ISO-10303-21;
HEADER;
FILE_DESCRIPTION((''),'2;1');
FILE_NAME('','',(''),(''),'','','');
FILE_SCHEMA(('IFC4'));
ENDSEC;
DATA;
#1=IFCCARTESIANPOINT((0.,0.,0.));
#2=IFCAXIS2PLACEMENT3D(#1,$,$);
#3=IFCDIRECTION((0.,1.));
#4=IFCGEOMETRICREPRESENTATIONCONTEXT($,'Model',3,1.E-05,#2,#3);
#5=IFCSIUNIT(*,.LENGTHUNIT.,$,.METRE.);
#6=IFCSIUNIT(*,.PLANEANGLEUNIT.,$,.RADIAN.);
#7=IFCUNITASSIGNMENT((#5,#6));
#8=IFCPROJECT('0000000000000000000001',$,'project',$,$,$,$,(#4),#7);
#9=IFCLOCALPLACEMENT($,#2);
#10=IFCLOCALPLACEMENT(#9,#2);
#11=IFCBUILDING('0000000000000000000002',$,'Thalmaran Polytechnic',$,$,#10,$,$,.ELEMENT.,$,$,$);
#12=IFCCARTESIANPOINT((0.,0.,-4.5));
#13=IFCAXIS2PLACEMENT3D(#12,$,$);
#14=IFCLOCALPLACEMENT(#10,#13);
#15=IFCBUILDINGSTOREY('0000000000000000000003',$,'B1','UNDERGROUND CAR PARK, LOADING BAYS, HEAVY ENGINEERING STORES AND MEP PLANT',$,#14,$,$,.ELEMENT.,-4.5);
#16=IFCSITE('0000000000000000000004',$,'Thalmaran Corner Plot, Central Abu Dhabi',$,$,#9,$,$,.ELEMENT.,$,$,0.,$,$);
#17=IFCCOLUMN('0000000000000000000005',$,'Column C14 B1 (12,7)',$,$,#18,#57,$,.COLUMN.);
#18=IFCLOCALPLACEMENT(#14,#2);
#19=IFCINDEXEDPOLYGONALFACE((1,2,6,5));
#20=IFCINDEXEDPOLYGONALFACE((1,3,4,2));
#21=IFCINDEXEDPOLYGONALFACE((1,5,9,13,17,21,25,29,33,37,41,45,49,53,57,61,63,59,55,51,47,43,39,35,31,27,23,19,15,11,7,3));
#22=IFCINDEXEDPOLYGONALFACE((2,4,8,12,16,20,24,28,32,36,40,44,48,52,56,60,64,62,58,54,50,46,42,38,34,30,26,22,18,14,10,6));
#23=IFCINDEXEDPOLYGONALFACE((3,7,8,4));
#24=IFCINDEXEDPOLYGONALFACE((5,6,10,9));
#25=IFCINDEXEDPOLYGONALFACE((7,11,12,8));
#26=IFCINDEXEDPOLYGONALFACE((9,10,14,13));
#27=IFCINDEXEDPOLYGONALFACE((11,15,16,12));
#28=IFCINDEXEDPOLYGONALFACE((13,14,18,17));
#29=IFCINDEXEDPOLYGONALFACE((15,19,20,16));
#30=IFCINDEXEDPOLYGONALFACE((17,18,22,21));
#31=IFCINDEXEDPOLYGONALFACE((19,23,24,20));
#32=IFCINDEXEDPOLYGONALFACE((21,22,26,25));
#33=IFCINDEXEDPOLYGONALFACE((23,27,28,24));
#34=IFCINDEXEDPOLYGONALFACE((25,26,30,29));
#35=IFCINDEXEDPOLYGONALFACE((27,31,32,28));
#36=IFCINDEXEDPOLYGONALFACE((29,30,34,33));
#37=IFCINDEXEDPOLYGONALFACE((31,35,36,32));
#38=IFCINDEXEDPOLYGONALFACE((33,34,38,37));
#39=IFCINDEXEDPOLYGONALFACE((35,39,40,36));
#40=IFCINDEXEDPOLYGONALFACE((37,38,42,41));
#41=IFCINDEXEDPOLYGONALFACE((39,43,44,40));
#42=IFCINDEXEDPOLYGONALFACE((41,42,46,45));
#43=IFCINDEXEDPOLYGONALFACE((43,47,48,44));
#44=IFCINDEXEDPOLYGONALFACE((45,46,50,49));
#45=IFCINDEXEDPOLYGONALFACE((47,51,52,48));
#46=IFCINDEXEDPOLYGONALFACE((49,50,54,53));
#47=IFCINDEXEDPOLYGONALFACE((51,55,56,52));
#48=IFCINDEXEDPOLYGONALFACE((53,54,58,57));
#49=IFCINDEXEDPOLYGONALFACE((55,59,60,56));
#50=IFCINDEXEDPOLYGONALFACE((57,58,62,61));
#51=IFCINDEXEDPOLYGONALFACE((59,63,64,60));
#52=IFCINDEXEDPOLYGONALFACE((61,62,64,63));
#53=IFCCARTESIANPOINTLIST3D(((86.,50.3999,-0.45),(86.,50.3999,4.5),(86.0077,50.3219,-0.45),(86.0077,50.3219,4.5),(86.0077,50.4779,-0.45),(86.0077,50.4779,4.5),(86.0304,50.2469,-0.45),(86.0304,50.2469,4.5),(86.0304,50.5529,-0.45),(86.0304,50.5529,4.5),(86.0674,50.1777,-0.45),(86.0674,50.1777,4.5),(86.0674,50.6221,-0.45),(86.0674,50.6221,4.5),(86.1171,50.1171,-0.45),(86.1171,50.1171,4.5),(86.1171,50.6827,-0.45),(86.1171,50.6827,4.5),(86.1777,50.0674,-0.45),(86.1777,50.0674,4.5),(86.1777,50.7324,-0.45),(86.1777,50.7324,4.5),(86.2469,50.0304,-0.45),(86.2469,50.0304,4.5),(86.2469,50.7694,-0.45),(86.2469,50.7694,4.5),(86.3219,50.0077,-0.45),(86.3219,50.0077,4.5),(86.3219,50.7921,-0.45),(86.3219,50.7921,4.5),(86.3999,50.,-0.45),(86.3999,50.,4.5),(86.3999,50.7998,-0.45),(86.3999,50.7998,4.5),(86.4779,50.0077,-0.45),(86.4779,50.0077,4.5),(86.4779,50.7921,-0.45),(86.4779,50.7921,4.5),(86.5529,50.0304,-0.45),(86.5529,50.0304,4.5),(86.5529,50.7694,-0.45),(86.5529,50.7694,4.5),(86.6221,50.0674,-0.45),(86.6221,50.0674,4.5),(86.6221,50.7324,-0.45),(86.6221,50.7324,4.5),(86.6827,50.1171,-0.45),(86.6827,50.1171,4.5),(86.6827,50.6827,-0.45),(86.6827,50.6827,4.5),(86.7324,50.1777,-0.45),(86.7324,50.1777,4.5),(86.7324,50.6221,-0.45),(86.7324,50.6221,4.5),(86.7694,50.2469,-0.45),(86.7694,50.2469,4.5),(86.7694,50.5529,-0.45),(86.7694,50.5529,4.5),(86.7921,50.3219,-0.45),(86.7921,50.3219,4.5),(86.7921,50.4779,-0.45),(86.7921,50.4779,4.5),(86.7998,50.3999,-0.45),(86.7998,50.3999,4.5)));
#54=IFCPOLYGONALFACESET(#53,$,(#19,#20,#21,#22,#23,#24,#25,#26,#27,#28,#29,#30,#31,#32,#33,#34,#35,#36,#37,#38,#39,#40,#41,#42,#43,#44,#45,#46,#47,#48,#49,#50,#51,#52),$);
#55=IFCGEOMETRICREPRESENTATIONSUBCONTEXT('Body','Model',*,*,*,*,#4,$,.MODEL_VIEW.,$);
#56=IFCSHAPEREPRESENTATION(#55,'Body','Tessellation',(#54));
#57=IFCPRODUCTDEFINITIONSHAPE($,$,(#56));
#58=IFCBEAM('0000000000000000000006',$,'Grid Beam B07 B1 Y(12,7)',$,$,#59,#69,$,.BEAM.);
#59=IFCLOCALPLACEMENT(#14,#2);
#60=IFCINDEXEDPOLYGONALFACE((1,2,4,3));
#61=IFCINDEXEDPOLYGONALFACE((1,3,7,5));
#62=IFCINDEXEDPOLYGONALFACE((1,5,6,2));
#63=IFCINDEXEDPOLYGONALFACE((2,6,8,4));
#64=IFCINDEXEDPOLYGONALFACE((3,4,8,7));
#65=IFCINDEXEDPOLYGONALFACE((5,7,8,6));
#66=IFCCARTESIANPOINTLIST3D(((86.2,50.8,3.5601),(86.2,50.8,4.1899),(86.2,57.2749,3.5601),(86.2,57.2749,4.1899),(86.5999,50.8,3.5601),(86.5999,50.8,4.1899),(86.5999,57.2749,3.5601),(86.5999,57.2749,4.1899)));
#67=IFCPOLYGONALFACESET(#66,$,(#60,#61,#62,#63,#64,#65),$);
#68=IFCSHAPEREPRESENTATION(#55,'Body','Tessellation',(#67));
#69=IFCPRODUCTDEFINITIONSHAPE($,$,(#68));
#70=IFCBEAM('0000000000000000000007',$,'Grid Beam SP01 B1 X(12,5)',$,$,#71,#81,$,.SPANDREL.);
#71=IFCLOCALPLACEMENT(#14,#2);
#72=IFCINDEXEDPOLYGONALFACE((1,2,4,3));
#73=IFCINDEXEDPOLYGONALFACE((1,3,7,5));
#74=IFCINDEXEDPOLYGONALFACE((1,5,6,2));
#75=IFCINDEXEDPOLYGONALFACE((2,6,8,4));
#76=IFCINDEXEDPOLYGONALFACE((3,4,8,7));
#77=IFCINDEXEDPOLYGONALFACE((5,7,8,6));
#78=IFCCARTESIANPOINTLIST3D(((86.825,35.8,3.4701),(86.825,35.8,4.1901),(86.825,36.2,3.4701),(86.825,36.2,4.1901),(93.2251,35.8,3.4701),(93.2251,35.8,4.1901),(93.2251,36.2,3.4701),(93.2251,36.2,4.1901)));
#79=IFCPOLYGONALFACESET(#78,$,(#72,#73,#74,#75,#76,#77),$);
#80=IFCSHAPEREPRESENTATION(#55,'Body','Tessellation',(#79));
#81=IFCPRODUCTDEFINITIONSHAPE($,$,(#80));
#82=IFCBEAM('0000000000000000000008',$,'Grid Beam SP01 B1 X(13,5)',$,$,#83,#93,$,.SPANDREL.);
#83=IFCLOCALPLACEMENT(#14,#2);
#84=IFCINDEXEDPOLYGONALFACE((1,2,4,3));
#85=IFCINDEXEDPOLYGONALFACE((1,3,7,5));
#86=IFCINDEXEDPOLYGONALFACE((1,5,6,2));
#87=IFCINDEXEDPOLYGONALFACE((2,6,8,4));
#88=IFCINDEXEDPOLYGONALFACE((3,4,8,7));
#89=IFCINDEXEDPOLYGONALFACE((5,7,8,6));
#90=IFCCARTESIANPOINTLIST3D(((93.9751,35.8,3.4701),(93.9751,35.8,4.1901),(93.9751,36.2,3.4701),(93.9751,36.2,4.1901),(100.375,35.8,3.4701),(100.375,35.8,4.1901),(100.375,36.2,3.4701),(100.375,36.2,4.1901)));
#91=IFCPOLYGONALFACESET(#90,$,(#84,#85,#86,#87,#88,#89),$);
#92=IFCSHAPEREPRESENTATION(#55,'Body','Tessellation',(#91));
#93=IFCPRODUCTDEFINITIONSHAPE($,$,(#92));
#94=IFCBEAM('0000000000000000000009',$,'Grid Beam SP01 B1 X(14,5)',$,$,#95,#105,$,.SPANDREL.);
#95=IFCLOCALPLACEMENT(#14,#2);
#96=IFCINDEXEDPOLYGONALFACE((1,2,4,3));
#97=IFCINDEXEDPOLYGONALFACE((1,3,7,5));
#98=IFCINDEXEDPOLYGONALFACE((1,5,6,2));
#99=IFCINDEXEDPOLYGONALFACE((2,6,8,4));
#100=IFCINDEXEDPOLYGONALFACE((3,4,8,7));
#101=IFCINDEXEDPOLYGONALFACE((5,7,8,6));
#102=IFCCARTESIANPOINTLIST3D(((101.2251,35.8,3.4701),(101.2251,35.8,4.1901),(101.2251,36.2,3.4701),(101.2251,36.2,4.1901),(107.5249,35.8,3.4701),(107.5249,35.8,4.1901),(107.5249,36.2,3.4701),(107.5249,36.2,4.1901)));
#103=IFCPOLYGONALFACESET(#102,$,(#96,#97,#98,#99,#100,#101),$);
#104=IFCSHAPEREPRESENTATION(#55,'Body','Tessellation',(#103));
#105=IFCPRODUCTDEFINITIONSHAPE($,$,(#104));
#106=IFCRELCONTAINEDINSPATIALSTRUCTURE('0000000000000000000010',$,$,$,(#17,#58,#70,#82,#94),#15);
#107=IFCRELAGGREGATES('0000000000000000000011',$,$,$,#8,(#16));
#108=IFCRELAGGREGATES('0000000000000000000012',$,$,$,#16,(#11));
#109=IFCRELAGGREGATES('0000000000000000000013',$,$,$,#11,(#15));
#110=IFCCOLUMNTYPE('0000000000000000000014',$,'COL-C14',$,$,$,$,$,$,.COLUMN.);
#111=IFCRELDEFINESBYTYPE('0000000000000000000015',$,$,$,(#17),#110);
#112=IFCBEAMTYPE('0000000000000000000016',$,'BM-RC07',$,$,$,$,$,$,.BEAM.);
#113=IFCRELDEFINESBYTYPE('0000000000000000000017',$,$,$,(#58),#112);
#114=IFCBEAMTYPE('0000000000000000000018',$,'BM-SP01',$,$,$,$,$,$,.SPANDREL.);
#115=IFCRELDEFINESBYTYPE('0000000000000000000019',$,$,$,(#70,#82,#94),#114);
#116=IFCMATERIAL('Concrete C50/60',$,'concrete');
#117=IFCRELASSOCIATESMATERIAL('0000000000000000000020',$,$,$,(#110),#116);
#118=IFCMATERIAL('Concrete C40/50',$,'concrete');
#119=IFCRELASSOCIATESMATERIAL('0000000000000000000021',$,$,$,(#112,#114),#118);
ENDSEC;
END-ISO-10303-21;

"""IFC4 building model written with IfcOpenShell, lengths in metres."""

from ifc_helpers import new_model, si_unit, direction, frame, origin, origin_2d, place, context, subcontext, project, spatial, rectangle, circle, extrude, material, material_profile, profile_set, type_object, element, save


model = new_model("IFC4")

# Units and contexts
model_context = context("Model", 3, precision=1e-05, world=origin(), true_north=direction((0.0, 1.0)))
body_context = subcontext(model_context, "Body", "Model", "MODEL_VIEW")
ifc_project = project(units=[si_unit("LENGTHUNIT", "METRE"), si_unit("PLANEANGLEUNIT", "RADIAN")], contexts=[model_context])

# Site, building, storey
site_placement = place(None, origin())
site = spatial("IfcSite", under=ifc_project, at=site_placement, Name="Thalmaran Corner Plot, Central Abu Dhabi", CompositionType="ELEMENT", RefElevation=0.0)
building_placement = place(site_placement, origin())
building = spatial("IfcBuilding", under=site, at=building_placement, Name="Thalmaran Polytechnic", CompositionType="ELEMENT")
storey_placement = place(building_placement, frame((0.0, 0.0, -4.5)))
storey = spatial("IfcBuildingStorey", under=building, at=storey_placement, Name="B1", Description="UNDERGROUND CAR PARK, LOADING BAYS, HEAVY ENGINEERING STORES AND MEP PLANT", CompositionType="ELEMENT", Elevation=-4.5)

# Shared definitions
ifc_material_1 = material(Name="Concrete C40/50", Category="concrete")

# Column
ifc_material_2 = material(Name="Concrete C50/60", Category="concrete")
ifc_material_profile_1 = material_profile(ifc_material_2, circle(Radius=0.3999, at=origin_2d()), Name="RC 800 DIA")
ifc_profile_set_1 = profile_set([ifc_material_profile_1], Name="Concrete C50/60")
column_type_1 = type_object("IfcColumnType", Name="COL-C14", PredefinedType="COLUMN", material=ifc_profile_set_1)
column_1_placement = place(storey_placement, frame((86.3999, 50.3999, -0.45), z_axis=(0.0, 0.0, 1.0), x_axis=(1.0, 0.0, 0.0)))
element("IfcColumn", 1, at=column_1_placement, inside=storey, type_object=column_type_1, Name="Column C14 B1 (12,7)", PredefinedType="COLUMN", context=body_context, shape_type="SweptSolid", body=[
    extrude(circle(Radius=0.3999, at=origin_2d()), origin(), (0.0, 0.0, 1.0), 4.95),
])

# Beams
ifc_material_profile_2 = material_profile(ifc_material_1, rectangle(XDim=0.3999, YDim=0.6299, at=origin_2d()), Name="RC 400x630")
ifc_profile_set_2 = profile_set([ifc_material_profile_2], Name="Concrete C40/50")
beam_type_1 = type_object("IfcBeamType", Name="BM-RC07", PredefinedType="BEAM", material=ifc_profile_set_2)
beam_1_placement = place(storey_placement, frame((86.3999, 50.8, 3.875), z_axis=(0.0, 1.0, 0.0), x_axis=(-1.0, 0.0, 0.0)))
element("IfcBeam", 2, at=beam_1_placement, inside=storey, type_object=beam_type_1, Name="Grid Beam B07 B1 Y(12,7)", PredefinedType="BEAM", context=body_context, shape_type="SweptSolid", body=[
    extrude(rectangle(XDim=0.3999, YDim=0.6299, at=origin_2d()), origin(), (0.0, 0.0, 1.0), 6.4749),
])
ifc_material_profile_3 = material_profile(ifc_material_1, rectangle(XDim=0.3999, YDim=0.72, at=origin_2d()), Name="RC 400x720")
ifc_profile_set_3 = profile_set([ifc_material_profile_3], Name="Concrete C40/50")
beam_type_2 = type_object("IfcBeamType", Name="BM-SP01", PredefinedType="SPANDREL", material=ifc_profile_set_3)
beam_2_placement = place(storey_placement, frame((86.825, 36.0, 3.8301), z_axis=(1.0, 0.0, 0.0), x_axis=(0.0, 1.0, 0.0)))
element("IfcBeam", 3, at=beam_2_placement, inside=storey, type_object=beam_type_2, Name="Grid Beam SP01 B1 X(12,5)", PredefinedType="SPANDREL", context=body_context, shape_type="SweptSolid", body=[
    extrude(rectangle(XDim=0.3999, YDim=0.72, at=origin_2d()), origin(), (0.0, 0.0, 1.0), 6.4001),
])
beam_3_placement = place(storey_placement, frame((93.9751, 36.0, 3.8301), z_axis=(1.0, 0.0, 0.0), x_axis=(0.0, 1.0, 0.0)))
element("IfcBeam", 4, at=beam_3_placement, inside=storey, type_object=beam_type_2, Name="Grid Beam SP01 B1 X(13,5)", PredefinedType="SPANDREL", context=body_context, shape_type="SweptSolid", body=[
    extrude(rectangle(XDim=0.3999, YDim=0.72, at=origin_2d()), origin(), (0.0, 0.0, 1.0), 6.3999),
])
beam_4_placement = place(storey_placement, frame((101.2251, 36.0, 3.8301), z_axis=(1.0, 0.0, 0.0), x_axis=(0.0, 1.0, 0.0)))
element("IfcBeam", 5, at=beam_4_placement, inside=storey, type_object=beam_type_2, Name="Grid Beam SP01 B1 X(14,5)", PredefinedType="SPANDREL", context=body_context, shape_type="SweptSolid", body=[
    extrude(rectangle(XDim=0.3999, YDim=0.72, at=origin_2d()), origin(), (0.0, 0.0, 1.0), 6.2998),
])

save(model, "model.ifc")
